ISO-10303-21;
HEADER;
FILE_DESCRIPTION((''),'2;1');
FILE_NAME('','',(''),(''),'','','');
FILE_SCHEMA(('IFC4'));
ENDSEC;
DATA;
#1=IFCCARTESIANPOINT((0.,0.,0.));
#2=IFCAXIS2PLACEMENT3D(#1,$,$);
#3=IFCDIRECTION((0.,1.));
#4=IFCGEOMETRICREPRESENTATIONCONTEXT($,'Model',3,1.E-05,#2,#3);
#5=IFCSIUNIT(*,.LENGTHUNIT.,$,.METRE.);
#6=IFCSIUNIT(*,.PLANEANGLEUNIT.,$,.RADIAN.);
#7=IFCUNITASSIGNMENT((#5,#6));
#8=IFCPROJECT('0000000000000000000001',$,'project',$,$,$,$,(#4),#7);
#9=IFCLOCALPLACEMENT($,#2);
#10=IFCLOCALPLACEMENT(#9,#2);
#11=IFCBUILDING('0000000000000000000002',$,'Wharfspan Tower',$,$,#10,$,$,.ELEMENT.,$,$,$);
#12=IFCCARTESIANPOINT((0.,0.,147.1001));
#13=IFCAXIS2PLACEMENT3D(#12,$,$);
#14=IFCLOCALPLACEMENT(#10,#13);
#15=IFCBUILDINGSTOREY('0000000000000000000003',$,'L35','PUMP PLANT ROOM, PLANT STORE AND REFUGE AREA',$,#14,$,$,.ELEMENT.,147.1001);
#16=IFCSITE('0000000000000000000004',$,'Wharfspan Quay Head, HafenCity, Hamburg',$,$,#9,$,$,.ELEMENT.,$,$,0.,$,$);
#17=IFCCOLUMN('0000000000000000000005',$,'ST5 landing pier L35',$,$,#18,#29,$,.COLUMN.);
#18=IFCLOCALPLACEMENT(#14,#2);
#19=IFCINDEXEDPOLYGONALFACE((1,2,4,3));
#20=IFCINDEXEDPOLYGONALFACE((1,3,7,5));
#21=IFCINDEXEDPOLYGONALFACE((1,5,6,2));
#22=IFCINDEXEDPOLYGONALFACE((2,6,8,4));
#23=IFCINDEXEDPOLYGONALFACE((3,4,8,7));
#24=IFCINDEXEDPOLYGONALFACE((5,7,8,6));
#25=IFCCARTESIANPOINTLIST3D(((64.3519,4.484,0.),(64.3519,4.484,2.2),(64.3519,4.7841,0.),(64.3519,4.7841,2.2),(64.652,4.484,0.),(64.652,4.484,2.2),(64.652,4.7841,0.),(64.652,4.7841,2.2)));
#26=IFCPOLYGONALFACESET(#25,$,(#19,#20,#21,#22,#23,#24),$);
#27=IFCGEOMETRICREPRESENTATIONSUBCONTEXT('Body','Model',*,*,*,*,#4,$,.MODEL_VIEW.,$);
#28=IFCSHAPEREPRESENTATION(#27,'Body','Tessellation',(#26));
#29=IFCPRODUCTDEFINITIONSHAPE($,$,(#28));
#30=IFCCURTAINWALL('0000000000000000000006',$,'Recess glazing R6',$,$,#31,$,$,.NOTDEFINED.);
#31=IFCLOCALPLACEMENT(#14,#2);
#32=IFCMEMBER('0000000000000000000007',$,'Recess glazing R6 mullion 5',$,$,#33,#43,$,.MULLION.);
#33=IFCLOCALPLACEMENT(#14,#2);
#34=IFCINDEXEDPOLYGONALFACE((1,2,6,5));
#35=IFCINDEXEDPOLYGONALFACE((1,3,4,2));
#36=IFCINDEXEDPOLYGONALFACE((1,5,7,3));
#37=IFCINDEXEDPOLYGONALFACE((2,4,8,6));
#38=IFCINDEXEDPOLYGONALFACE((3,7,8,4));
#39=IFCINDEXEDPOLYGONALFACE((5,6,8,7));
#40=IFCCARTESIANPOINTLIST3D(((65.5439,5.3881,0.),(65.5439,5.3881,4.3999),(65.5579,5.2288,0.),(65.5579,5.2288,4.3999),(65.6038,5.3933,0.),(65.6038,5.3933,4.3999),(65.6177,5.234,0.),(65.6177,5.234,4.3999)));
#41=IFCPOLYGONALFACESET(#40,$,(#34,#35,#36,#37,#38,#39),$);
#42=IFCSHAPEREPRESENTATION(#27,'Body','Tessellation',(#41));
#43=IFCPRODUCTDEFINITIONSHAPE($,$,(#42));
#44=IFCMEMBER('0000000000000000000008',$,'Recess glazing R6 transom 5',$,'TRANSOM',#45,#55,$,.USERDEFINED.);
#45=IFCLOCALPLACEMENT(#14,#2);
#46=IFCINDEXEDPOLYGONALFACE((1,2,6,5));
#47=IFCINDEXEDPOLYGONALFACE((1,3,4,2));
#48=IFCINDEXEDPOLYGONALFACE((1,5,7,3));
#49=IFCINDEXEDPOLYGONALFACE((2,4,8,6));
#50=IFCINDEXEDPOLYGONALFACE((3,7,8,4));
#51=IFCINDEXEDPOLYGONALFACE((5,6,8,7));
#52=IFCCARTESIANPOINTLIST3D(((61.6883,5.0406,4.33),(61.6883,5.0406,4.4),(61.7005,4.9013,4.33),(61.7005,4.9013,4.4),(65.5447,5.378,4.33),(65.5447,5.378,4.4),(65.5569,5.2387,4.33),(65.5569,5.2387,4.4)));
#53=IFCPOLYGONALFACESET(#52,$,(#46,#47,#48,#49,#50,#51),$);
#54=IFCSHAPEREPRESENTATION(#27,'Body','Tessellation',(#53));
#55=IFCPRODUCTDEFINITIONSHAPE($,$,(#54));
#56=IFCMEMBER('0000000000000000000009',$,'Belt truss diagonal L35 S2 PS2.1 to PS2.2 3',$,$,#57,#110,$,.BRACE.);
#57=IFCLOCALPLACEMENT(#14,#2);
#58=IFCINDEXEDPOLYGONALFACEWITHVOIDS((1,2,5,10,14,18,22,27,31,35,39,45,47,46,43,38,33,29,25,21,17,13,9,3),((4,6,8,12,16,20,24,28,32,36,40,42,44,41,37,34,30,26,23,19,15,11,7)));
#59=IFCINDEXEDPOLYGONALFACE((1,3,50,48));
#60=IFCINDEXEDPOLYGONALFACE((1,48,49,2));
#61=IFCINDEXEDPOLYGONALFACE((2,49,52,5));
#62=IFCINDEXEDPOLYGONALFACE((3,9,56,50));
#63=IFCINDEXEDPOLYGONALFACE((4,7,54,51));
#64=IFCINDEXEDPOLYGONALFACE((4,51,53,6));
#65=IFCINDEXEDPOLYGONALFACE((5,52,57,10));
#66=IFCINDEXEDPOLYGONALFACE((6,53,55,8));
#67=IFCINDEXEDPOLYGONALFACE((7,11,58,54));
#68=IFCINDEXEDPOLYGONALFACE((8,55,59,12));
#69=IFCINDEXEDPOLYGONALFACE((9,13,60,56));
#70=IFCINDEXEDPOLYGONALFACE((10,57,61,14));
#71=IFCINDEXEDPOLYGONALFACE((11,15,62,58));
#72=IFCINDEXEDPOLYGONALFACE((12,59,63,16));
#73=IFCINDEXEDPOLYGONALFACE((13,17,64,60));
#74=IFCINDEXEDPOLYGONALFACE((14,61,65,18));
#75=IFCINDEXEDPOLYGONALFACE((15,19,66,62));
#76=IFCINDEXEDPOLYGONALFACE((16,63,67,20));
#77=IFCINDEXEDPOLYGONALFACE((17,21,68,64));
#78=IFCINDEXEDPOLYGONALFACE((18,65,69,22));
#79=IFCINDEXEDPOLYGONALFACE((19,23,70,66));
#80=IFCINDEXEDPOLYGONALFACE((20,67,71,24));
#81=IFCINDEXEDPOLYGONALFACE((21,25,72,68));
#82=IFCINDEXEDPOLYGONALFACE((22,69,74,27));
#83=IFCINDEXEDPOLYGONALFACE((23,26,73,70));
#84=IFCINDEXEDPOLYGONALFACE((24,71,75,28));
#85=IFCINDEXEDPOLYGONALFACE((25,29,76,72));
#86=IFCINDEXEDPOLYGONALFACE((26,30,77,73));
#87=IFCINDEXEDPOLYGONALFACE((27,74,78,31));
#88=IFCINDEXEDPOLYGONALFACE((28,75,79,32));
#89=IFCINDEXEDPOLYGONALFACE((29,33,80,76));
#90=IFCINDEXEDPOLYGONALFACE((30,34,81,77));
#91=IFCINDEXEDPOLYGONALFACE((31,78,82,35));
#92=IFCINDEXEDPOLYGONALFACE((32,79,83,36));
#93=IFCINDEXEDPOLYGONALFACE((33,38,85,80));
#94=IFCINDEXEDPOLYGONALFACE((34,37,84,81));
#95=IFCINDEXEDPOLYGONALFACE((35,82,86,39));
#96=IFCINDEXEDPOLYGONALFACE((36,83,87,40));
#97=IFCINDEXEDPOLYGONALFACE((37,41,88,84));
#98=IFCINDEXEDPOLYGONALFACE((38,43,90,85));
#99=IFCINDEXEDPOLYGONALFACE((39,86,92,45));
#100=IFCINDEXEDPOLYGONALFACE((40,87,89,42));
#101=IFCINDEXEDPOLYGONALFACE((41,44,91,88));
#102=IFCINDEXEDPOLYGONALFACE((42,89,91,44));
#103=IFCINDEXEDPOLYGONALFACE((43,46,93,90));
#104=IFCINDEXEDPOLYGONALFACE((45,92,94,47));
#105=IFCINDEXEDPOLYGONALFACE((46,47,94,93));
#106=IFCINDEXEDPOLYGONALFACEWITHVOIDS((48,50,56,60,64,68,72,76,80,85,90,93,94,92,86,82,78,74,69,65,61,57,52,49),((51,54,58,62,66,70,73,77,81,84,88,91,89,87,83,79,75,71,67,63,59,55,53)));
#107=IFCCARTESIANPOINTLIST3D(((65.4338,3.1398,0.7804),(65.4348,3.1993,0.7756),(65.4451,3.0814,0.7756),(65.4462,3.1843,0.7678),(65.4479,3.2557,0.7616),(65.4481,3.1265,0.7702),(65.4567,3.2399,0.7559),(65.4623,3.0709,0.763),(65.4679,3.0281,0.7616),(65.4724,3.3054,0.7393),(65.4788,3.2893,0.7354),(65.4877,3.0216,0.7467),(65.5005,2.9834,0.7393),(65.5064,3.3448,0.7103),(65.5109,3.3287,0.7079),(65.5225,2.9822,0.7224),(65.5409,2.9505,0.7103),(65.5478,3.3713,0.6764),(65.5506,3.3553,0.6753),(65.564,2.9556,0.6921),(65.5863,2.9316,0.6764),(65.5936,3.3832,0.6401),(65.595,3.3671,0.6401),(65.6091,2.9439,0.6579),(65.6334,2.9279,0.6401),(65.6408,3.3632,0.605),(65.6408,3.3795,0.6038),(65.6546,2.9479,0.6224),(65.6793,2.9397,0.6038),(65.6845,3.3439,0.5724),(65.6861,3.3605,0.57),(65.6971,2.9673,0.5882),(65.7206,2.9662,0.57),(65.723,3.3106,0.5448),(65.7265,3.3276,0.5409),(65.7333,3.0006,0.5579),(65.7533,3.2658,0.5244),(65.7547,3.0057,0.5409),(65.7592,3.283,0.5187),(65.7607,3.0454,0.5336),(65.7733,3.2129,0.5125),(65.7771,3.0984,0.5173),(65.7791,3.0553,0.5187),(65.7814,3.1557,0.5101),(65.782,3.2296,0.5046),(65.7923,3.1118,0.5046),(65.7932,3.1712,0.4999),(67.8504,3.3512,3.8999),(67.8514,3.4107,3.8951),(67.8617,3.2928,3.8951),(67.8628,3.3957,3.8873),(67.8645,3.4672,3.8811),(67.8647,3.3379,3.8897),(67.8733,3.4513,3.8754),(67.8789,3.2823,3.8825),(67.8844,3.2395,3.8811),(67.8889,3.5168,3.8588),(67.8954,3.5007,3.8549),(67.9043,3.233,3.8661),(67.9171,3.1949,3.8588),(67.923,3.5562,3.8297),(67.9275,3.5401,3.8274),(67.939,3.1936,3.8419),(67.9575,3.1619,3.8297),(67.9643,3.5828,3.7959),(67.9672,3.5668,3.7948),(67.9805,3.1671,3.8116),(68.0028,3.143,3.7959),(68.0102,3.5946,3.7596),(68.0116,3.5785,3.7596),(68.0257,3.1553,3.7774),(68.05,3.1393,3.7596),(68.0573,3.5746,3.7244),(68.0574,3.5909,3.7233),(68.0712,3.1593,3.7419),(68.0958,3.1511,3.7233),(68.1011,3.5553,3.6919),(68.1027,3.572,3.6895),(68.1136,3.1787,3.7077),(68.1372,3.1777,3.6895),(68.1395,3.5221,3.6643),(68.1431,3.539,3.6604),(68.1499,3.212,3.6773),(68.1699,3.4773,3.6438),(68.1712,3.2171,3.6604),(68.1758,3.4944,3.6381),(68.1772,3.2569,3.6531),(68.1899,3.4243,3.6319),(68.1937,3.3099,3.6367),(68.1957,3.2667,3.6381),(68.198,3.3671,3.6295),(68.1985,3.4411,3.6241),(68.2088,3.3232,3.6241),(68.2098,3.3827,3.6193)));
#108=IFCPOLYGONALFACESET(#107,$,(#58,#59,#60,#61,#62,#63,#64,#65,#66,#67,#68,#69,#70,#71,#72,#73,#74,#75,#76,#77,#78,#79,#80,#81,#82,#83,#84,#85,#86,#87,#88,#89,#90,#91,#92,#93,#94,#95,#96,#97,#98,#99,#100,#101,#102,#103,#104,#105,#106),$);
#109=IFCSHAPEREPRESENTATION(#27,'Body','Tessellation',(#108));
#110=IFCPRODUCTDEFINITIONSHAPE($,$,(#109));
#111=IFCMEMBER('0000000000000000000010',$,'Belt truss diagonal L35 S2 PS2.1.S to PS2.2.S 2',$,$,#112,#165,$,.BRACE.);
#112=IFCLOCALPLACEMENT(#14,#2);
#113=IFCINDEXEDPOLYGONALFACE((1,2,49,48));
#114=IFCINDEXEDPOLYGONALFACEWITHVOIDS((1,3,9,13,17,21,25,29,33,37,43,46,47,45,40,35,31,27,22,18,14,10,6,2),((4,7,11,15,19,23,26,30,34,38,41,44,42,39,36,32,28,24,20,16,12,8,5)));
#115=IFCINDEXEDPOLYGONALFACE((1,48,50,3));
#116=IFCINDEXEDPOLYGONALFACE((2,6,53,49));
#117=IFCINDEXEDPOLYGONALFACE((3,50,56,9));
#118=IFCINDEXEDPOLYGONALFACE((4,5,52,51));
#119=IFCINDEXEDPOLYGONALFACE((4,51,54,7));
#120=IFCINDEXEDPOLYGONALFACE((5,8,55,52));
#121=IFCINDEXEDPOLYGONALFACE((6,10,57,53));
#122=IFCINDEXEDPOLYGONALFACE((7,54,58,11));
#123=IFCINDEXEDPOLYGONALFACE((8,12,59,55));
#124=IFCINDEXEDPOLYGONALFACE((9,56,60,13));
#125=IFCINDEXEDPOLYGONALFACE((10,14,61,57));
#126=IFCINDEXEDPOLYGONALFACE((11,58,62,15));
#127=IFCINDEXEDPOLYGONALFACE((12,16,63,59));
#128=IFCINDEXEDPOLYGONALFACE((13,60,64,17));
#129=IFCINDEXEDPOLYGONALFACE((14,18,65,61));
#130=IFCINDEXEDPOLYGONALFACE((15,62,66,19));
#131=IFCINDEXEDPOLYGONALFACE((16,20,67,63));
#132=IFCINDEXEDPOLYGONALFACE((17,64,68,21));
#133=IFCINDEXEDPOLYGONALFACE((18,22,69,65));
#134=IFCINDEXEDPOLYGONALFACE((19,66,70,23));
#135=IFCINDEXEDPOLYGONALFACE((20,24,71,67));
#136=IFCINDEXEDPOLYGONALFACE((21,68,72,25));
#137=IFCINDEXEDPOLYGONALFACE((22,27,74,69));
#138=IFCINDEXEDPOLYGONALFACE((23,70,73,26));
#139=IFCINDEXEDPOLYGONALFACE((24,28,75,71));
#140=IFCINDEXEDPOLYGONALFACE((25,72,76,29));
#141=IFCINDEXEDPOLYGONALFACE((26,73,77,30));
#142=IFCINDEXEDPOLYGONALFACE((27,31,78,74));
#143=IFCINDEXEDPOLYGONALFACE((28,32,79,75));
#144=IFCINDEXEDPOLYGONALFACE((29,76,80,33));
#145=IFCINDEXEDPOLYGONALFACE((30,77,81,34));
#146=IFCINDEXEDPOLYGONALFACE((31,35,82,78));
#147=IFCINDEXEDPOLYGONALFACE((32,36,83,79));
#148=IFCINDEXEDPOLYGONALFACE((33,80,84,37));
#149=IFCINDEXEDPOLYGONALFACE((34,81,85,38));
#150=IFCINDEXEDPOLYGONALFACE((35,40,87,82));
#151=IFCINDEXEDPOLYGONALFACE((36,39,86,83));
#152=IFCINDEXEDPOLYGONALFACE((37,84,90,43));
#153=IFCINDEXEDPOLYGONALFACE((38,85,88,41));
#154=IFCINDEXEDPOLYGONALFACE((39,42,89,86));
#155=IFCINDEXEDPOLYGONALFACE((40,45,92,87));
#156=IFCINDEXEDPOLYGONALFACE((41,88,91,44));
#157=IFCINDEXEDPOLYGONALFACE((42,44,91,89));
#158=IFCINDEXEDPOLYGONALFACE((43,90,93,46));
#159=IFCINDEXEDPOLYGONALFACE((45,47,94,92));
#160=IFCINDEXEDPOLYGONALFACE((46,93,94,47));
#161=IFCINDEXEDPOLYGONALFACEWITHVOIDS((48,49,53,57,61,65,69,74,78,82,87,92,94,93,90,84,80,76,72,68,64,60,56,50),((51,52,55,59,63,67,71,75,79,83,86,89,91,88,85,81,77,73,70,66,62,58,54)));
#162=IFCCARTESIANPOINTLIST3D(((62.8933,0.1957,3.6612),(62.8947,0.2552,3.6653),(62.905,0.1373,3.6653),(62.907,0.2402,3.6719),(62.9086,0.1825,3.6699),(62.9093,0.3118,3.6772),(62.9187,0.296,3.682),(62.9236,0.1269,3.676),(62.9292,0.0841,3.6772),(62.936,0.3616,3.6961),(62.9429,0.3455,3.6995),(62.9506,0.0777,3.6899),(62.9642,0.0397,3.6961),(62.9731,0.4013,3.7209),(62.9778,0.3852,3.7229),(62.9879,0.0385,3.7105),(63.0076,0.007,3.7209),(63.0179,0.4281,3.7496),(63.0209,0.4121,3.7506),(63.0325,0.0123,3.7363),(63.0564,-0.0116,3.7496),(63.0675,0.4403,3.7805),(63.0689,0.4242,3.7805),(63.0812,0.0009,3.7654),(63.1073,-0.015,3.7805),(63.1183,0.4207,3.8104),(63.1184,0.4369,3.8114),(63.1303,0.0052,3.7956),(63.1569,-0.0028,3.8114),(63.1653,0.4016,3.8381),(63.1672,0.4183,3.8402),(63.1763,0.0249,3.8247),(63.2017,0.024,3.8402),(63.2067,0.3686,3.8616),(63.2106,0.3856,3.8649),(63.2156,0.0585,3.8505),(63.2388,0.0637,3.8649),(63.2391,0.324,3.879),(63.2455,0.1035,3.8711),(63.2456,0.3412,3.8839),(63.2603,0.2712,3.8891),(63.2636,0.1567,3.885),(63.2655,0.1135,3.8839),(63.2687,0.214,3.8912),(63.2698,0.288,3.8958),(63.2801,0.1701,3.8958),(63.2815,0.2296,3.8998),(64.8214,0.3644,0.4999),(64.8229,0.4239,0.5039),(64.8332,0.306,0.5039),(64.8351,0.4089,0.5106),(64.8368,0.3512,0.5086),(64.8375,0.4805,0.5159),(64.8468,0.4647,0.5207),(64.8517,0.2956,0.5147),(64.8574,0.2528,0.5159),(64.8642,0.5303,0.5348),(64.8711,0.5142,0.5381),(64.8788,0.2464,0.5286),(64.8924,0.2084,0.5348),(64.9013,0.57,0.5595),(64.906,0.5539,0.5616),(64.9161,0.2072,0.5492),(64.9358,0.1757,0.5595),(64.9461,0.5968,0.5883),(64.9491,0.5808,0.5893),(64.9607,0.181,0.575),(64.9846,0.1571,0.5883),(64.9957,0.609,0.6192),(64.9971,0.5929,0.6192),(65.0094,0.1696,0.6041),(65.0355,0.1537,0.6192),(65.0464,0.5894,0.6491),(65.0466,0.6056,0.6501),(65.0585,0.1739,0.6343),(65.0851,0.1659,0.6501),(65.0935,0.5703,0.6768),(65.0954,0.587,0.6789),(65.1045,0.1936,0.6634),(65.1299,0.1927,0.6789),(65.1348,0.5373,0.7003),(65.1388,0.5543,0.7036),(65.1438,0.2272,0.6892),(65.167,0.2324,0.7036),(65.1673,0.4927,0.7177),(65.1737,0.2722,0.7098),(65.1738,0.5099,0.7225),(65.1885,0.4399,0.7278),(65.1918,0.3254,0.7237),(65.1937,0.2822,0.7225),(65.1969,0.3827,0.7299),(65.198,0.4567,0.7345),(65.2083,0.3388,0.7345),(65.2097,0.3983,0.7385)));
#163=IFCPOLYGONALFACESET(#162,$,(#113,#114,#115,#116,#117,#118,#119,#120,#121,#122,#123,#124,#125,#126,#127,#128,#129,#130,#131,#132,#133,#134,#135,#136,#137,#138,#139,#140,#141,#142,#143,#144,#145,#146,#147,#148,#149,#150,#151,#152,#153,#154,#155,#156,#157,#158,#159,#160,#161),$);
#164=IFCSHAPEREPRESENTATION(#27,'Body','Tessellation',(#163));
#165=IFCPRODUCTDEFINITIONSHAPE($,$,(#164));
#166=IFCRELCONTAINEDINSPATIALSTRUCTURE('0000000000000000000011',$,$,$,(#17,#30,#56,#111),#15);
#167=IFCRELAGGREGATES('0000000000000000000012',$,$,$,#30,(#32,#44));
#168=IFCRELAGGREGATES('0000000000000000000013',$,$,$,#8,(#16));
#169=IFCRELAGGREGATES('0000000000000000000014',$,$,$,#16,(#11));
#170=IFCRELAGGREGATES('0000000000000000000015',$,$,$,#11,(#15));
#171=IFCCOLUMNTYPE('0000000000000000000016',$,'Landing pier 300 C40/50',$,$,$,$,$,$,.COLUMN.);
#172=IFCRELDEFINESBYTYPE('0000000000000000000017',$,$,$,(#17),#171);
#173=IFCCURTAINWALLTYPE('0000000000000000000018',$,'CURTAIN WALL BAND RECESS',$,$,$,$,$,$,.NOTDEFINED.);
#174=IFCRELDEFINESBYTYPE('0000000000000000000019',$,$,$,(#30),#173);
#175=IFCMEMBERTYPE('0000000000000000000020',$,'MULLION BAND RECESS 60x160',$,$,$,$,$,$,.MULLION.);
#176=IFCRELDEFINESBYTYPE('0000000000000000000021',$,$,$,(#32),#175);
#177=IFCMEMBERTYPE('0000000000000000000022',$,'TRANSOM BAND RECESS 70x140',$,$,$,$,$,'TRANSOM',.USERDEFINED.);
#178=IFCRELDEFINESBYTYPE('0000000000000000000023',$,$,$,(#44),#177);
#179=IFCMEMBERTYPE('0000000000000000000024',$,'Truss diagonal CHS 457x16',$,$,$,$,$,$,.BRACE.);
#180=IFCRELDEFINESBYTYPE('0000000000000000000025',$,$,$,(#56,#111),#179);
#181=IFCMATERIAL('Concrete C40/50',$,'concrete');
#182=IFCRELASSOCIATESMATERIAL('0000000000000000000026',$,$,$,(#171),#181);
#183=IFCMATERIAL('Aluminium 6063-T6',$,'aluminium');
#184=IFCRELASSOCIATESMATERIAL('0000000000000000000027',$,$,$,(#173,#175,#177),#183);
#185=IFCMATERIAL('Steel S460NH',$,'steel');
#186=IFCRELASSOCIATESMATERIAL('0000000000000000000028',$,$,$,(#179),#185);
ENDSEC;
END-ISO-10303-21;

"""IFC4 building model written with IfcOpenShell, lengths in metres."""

from ifc_helpers import new_model, si_unit, direction, frame, origin, origin_2d, place, context, subcontext, project, spatial, rectangle, hollow_circle, extrude, material, material_profile, profile_set, type_object, element, aggregate, save


model = new_model("IFC4")

# Units and contexts
model_context = context("Model", 3, precision=1e-05, world=origin(), true_north=direction((0.0, 1.0)))
body_context = subcontext(model_context, "Body", "Model", "MODEL_VIEW")
ifc_project = project(units=[si_unit("LENGTHUNIT", "METRE"), si_unit("PLANEANGLEUNIT", "RADIAN")], contexts=[model_context])

# Site, building, storey
site_placement = place(None, origin())
site = spatial("IfcSite", under=ifc_project, at=site_placement, Name="Wharfspan Quay Head, HafenCity, Hamburg", CompositionType="ELEMENT", RefElevation=0.0)
building_placement = place(site_placement, origin())
building = spatial("IfcBuilding", under=site, at=building_placement, Name="Wharfspan Tower", CompositionType="ELEMENT")
storey_placement = place(building_placement, frame((0.0, 0.0, 147.1001)))
storey = spatial("IfcBuildingStorey", under=building, at=storey_placement, Name="L35", Description="PUMP PLANT ROOM, PLANT STORE AND REFUGE AREA", CompositionType="ELEMENT", Elevation=147.1001)

# Column
ifc_material_1 = material(Name="Concrete C40/50", Category="concrete")
ifc_material_profile_1 = material_profile(ifc_material_1, rectangle(XDim=0.3, YDim=0.3, at=origin_2d()))
ifc_profile_set_1 = profile_set([ifc_material_profile_1], Name="Concrete C40/50")
column_type = type_object("IfcColumnType", Name="Landing pier 300 C40/50", PredefinedType="COLUMN", material=ifc_profile_set_1)
column_placement = place(storey_placement, frame((64.502, 4.634, 0.0), z_axis=(0.0, 0.0, 1.0), x_axis=(1.0, 0.0, 0.0)))
element("IfcColumn", 1, at=column_placement, inside=storey, type_object=column_type, Name="ST5 landing pier L35", PredefinedType="COLUMN", context=body_context, shape_type="SweptSolid", body=[
    extrude(rectangle(XDim=0.3, YDim=0.3, at=origin_2d()), origin(), (0.0, 0.0, 1.0), 2.2),
])

# Curtain wall, members
ifc_material_2 = material(Name="Aluminium 6063-T6", Category="aluminium")
curtain_wall_type = type_object("IfcCurtainWallType", Name="CURTAIN WALL BAND RECESS", PredefinedType="NOTDEFINED", material=ifc_material_2)
curtain_wall_placement = place(storey_placement, origin())
curtain_wall = element("IfcCurtainWall", 2, at=curtain_wall_placement, inside=storey, type_object=curtain_wall_type, Name="Recess glazing R6", PredefinedType="NOTDEFINED")
ifc_material_profile_2 = material_profile(ifc_material_2, rectangle(XDim=0.1599, YDim=0.0601, at=origin_2d()))
ifc_profile_set_2 = profile_set([ifc_material_profile_2], Name="Aluminium 6063-T6")
member_type_1 = type_object("IfcMemberType", Name="MULLION BAND RECESS 60x160", PredefinedType="MULLION", material=ifc_profile_set_2)
member_1_placement = place(storey_placement, frame((65.5808, 5.311, 0.0), z_axis=(0.0, 0.0, 1.0), x_axis=(0.087156, -0.996198, 0.0)))
member_1 = element("IfcMember", 3, at=member_1_placement, type_object=member_type_1, Name="Recess glazing R6 mullion 5", PredefinedType="MULLION", context=body_context, shape_type="SweptSolid", body=[
    extrude(rectangle(XDim=0.1599, YDim=0.0601, at=origin_2d()), origin(), (0.0, 0.0, 1.0), 4.3999),
])
ifc_material_profile_3 = material_profile(ifc_material_2, rectangle(XDim=0.1399, YDim=0.0701, at=origin_2d()))
ifc_profile_set_3 = profile_set([ifc_material_profile_3], Name="Aluminium 6063-T6")
member_type_2 = type_object("IfcMemberType", Name="TRANSOM BAND RECESS 70x140", ElementType="TRANSOM", PredefinedType="USERDEFINED", material=ifc_profile_set_3)
member_2_placement = place(storey_placement, frame((65.5508, 5.3083, 4.365), z_axis=(-0.996195, -0.087158, 0.0), x_axis=(0.087158, -0.996195, 0.0)))
member_2 = element("IfcMember", 4, at=member_2_placement, type_object=member_type_2, Name="Recess glazing R6 transom 5", ObjectType="TRANSOM", PredefinedType="USERDEFINED", context=body_context, shape_type="SweptSolid", body=[
    extrude(rectangle(XDim=0.1399, YDim=0.0701, at=origin_2d()), origin(), (0.0, 0.0, 1.0), 3.8711),
])

# Members
ifc_material_3 = material(Name="Steel S460NH", Category="steel")
ifc_material_profile_4 = material_profile(ifc_material_3, hollow_circle(Radius=0.2285, WallThickness=0.0161, at=origin_2d()))
ifc_profile_set_4 = profile_set([ifc_material_profile_4], Name="Steel S460NH")
member_type_3 = type_object("IfcMemberType", Name="Truss diagonal CHS 457x16", PredefinedType="BRACE", material=ifc_profile_set_4)
member_3_placement = place(storey_placement, frame((65.6135, 3.1555, 0.6401), z_axis=(0.611533, 0.053505, 0.789408), x_axis=(-0.087158, 0.996198, -0.000002)))
element("IfcMember", 5, at=member_3_placement, inside=storey, type_object=member_type_3, Name="Belt truss diagonal L35 S2 PS2.1 to PS2.2 3", PredefinedType="BRACE", context=body_context, shape_type="SweptSolid", body=[
    extrude(hollow_circle(Radius=0.2285, WallThickness=0.0161, at=origin_2d()), origin(), (0.0, 0.0, 1.0), 3.9517),
])
for number, where, z_axis, x_axis, name in (
    (6, (63.0874, 0.2126, 3.7805), (0.520177, 0.045511, -0.852845), (-0.087157, 0.996197, 0.000001), "Belt truss diagonal L35 S2 PS2.1.S to PS2.2.S 2"),
):
    element("IfcMember", number, at=place(storey_placement, frame(where, z_axis=z_axis, x_axis=x_axis)), inside=storey, type_object=member_type_3, Name=name, PredefinedType="BRACE", context=body_context, shape_type="SweptSolid", body=[
        extrude(hollow_circle(Radius=0.2285, WallThickness=0.0161, at=origin_2d()), origin(), (0.0, 0.0, 1.0), 3.7068),
    ])

aggregate(curtain_wall, [member_1, member_2])

save(model, "model.ifc")
